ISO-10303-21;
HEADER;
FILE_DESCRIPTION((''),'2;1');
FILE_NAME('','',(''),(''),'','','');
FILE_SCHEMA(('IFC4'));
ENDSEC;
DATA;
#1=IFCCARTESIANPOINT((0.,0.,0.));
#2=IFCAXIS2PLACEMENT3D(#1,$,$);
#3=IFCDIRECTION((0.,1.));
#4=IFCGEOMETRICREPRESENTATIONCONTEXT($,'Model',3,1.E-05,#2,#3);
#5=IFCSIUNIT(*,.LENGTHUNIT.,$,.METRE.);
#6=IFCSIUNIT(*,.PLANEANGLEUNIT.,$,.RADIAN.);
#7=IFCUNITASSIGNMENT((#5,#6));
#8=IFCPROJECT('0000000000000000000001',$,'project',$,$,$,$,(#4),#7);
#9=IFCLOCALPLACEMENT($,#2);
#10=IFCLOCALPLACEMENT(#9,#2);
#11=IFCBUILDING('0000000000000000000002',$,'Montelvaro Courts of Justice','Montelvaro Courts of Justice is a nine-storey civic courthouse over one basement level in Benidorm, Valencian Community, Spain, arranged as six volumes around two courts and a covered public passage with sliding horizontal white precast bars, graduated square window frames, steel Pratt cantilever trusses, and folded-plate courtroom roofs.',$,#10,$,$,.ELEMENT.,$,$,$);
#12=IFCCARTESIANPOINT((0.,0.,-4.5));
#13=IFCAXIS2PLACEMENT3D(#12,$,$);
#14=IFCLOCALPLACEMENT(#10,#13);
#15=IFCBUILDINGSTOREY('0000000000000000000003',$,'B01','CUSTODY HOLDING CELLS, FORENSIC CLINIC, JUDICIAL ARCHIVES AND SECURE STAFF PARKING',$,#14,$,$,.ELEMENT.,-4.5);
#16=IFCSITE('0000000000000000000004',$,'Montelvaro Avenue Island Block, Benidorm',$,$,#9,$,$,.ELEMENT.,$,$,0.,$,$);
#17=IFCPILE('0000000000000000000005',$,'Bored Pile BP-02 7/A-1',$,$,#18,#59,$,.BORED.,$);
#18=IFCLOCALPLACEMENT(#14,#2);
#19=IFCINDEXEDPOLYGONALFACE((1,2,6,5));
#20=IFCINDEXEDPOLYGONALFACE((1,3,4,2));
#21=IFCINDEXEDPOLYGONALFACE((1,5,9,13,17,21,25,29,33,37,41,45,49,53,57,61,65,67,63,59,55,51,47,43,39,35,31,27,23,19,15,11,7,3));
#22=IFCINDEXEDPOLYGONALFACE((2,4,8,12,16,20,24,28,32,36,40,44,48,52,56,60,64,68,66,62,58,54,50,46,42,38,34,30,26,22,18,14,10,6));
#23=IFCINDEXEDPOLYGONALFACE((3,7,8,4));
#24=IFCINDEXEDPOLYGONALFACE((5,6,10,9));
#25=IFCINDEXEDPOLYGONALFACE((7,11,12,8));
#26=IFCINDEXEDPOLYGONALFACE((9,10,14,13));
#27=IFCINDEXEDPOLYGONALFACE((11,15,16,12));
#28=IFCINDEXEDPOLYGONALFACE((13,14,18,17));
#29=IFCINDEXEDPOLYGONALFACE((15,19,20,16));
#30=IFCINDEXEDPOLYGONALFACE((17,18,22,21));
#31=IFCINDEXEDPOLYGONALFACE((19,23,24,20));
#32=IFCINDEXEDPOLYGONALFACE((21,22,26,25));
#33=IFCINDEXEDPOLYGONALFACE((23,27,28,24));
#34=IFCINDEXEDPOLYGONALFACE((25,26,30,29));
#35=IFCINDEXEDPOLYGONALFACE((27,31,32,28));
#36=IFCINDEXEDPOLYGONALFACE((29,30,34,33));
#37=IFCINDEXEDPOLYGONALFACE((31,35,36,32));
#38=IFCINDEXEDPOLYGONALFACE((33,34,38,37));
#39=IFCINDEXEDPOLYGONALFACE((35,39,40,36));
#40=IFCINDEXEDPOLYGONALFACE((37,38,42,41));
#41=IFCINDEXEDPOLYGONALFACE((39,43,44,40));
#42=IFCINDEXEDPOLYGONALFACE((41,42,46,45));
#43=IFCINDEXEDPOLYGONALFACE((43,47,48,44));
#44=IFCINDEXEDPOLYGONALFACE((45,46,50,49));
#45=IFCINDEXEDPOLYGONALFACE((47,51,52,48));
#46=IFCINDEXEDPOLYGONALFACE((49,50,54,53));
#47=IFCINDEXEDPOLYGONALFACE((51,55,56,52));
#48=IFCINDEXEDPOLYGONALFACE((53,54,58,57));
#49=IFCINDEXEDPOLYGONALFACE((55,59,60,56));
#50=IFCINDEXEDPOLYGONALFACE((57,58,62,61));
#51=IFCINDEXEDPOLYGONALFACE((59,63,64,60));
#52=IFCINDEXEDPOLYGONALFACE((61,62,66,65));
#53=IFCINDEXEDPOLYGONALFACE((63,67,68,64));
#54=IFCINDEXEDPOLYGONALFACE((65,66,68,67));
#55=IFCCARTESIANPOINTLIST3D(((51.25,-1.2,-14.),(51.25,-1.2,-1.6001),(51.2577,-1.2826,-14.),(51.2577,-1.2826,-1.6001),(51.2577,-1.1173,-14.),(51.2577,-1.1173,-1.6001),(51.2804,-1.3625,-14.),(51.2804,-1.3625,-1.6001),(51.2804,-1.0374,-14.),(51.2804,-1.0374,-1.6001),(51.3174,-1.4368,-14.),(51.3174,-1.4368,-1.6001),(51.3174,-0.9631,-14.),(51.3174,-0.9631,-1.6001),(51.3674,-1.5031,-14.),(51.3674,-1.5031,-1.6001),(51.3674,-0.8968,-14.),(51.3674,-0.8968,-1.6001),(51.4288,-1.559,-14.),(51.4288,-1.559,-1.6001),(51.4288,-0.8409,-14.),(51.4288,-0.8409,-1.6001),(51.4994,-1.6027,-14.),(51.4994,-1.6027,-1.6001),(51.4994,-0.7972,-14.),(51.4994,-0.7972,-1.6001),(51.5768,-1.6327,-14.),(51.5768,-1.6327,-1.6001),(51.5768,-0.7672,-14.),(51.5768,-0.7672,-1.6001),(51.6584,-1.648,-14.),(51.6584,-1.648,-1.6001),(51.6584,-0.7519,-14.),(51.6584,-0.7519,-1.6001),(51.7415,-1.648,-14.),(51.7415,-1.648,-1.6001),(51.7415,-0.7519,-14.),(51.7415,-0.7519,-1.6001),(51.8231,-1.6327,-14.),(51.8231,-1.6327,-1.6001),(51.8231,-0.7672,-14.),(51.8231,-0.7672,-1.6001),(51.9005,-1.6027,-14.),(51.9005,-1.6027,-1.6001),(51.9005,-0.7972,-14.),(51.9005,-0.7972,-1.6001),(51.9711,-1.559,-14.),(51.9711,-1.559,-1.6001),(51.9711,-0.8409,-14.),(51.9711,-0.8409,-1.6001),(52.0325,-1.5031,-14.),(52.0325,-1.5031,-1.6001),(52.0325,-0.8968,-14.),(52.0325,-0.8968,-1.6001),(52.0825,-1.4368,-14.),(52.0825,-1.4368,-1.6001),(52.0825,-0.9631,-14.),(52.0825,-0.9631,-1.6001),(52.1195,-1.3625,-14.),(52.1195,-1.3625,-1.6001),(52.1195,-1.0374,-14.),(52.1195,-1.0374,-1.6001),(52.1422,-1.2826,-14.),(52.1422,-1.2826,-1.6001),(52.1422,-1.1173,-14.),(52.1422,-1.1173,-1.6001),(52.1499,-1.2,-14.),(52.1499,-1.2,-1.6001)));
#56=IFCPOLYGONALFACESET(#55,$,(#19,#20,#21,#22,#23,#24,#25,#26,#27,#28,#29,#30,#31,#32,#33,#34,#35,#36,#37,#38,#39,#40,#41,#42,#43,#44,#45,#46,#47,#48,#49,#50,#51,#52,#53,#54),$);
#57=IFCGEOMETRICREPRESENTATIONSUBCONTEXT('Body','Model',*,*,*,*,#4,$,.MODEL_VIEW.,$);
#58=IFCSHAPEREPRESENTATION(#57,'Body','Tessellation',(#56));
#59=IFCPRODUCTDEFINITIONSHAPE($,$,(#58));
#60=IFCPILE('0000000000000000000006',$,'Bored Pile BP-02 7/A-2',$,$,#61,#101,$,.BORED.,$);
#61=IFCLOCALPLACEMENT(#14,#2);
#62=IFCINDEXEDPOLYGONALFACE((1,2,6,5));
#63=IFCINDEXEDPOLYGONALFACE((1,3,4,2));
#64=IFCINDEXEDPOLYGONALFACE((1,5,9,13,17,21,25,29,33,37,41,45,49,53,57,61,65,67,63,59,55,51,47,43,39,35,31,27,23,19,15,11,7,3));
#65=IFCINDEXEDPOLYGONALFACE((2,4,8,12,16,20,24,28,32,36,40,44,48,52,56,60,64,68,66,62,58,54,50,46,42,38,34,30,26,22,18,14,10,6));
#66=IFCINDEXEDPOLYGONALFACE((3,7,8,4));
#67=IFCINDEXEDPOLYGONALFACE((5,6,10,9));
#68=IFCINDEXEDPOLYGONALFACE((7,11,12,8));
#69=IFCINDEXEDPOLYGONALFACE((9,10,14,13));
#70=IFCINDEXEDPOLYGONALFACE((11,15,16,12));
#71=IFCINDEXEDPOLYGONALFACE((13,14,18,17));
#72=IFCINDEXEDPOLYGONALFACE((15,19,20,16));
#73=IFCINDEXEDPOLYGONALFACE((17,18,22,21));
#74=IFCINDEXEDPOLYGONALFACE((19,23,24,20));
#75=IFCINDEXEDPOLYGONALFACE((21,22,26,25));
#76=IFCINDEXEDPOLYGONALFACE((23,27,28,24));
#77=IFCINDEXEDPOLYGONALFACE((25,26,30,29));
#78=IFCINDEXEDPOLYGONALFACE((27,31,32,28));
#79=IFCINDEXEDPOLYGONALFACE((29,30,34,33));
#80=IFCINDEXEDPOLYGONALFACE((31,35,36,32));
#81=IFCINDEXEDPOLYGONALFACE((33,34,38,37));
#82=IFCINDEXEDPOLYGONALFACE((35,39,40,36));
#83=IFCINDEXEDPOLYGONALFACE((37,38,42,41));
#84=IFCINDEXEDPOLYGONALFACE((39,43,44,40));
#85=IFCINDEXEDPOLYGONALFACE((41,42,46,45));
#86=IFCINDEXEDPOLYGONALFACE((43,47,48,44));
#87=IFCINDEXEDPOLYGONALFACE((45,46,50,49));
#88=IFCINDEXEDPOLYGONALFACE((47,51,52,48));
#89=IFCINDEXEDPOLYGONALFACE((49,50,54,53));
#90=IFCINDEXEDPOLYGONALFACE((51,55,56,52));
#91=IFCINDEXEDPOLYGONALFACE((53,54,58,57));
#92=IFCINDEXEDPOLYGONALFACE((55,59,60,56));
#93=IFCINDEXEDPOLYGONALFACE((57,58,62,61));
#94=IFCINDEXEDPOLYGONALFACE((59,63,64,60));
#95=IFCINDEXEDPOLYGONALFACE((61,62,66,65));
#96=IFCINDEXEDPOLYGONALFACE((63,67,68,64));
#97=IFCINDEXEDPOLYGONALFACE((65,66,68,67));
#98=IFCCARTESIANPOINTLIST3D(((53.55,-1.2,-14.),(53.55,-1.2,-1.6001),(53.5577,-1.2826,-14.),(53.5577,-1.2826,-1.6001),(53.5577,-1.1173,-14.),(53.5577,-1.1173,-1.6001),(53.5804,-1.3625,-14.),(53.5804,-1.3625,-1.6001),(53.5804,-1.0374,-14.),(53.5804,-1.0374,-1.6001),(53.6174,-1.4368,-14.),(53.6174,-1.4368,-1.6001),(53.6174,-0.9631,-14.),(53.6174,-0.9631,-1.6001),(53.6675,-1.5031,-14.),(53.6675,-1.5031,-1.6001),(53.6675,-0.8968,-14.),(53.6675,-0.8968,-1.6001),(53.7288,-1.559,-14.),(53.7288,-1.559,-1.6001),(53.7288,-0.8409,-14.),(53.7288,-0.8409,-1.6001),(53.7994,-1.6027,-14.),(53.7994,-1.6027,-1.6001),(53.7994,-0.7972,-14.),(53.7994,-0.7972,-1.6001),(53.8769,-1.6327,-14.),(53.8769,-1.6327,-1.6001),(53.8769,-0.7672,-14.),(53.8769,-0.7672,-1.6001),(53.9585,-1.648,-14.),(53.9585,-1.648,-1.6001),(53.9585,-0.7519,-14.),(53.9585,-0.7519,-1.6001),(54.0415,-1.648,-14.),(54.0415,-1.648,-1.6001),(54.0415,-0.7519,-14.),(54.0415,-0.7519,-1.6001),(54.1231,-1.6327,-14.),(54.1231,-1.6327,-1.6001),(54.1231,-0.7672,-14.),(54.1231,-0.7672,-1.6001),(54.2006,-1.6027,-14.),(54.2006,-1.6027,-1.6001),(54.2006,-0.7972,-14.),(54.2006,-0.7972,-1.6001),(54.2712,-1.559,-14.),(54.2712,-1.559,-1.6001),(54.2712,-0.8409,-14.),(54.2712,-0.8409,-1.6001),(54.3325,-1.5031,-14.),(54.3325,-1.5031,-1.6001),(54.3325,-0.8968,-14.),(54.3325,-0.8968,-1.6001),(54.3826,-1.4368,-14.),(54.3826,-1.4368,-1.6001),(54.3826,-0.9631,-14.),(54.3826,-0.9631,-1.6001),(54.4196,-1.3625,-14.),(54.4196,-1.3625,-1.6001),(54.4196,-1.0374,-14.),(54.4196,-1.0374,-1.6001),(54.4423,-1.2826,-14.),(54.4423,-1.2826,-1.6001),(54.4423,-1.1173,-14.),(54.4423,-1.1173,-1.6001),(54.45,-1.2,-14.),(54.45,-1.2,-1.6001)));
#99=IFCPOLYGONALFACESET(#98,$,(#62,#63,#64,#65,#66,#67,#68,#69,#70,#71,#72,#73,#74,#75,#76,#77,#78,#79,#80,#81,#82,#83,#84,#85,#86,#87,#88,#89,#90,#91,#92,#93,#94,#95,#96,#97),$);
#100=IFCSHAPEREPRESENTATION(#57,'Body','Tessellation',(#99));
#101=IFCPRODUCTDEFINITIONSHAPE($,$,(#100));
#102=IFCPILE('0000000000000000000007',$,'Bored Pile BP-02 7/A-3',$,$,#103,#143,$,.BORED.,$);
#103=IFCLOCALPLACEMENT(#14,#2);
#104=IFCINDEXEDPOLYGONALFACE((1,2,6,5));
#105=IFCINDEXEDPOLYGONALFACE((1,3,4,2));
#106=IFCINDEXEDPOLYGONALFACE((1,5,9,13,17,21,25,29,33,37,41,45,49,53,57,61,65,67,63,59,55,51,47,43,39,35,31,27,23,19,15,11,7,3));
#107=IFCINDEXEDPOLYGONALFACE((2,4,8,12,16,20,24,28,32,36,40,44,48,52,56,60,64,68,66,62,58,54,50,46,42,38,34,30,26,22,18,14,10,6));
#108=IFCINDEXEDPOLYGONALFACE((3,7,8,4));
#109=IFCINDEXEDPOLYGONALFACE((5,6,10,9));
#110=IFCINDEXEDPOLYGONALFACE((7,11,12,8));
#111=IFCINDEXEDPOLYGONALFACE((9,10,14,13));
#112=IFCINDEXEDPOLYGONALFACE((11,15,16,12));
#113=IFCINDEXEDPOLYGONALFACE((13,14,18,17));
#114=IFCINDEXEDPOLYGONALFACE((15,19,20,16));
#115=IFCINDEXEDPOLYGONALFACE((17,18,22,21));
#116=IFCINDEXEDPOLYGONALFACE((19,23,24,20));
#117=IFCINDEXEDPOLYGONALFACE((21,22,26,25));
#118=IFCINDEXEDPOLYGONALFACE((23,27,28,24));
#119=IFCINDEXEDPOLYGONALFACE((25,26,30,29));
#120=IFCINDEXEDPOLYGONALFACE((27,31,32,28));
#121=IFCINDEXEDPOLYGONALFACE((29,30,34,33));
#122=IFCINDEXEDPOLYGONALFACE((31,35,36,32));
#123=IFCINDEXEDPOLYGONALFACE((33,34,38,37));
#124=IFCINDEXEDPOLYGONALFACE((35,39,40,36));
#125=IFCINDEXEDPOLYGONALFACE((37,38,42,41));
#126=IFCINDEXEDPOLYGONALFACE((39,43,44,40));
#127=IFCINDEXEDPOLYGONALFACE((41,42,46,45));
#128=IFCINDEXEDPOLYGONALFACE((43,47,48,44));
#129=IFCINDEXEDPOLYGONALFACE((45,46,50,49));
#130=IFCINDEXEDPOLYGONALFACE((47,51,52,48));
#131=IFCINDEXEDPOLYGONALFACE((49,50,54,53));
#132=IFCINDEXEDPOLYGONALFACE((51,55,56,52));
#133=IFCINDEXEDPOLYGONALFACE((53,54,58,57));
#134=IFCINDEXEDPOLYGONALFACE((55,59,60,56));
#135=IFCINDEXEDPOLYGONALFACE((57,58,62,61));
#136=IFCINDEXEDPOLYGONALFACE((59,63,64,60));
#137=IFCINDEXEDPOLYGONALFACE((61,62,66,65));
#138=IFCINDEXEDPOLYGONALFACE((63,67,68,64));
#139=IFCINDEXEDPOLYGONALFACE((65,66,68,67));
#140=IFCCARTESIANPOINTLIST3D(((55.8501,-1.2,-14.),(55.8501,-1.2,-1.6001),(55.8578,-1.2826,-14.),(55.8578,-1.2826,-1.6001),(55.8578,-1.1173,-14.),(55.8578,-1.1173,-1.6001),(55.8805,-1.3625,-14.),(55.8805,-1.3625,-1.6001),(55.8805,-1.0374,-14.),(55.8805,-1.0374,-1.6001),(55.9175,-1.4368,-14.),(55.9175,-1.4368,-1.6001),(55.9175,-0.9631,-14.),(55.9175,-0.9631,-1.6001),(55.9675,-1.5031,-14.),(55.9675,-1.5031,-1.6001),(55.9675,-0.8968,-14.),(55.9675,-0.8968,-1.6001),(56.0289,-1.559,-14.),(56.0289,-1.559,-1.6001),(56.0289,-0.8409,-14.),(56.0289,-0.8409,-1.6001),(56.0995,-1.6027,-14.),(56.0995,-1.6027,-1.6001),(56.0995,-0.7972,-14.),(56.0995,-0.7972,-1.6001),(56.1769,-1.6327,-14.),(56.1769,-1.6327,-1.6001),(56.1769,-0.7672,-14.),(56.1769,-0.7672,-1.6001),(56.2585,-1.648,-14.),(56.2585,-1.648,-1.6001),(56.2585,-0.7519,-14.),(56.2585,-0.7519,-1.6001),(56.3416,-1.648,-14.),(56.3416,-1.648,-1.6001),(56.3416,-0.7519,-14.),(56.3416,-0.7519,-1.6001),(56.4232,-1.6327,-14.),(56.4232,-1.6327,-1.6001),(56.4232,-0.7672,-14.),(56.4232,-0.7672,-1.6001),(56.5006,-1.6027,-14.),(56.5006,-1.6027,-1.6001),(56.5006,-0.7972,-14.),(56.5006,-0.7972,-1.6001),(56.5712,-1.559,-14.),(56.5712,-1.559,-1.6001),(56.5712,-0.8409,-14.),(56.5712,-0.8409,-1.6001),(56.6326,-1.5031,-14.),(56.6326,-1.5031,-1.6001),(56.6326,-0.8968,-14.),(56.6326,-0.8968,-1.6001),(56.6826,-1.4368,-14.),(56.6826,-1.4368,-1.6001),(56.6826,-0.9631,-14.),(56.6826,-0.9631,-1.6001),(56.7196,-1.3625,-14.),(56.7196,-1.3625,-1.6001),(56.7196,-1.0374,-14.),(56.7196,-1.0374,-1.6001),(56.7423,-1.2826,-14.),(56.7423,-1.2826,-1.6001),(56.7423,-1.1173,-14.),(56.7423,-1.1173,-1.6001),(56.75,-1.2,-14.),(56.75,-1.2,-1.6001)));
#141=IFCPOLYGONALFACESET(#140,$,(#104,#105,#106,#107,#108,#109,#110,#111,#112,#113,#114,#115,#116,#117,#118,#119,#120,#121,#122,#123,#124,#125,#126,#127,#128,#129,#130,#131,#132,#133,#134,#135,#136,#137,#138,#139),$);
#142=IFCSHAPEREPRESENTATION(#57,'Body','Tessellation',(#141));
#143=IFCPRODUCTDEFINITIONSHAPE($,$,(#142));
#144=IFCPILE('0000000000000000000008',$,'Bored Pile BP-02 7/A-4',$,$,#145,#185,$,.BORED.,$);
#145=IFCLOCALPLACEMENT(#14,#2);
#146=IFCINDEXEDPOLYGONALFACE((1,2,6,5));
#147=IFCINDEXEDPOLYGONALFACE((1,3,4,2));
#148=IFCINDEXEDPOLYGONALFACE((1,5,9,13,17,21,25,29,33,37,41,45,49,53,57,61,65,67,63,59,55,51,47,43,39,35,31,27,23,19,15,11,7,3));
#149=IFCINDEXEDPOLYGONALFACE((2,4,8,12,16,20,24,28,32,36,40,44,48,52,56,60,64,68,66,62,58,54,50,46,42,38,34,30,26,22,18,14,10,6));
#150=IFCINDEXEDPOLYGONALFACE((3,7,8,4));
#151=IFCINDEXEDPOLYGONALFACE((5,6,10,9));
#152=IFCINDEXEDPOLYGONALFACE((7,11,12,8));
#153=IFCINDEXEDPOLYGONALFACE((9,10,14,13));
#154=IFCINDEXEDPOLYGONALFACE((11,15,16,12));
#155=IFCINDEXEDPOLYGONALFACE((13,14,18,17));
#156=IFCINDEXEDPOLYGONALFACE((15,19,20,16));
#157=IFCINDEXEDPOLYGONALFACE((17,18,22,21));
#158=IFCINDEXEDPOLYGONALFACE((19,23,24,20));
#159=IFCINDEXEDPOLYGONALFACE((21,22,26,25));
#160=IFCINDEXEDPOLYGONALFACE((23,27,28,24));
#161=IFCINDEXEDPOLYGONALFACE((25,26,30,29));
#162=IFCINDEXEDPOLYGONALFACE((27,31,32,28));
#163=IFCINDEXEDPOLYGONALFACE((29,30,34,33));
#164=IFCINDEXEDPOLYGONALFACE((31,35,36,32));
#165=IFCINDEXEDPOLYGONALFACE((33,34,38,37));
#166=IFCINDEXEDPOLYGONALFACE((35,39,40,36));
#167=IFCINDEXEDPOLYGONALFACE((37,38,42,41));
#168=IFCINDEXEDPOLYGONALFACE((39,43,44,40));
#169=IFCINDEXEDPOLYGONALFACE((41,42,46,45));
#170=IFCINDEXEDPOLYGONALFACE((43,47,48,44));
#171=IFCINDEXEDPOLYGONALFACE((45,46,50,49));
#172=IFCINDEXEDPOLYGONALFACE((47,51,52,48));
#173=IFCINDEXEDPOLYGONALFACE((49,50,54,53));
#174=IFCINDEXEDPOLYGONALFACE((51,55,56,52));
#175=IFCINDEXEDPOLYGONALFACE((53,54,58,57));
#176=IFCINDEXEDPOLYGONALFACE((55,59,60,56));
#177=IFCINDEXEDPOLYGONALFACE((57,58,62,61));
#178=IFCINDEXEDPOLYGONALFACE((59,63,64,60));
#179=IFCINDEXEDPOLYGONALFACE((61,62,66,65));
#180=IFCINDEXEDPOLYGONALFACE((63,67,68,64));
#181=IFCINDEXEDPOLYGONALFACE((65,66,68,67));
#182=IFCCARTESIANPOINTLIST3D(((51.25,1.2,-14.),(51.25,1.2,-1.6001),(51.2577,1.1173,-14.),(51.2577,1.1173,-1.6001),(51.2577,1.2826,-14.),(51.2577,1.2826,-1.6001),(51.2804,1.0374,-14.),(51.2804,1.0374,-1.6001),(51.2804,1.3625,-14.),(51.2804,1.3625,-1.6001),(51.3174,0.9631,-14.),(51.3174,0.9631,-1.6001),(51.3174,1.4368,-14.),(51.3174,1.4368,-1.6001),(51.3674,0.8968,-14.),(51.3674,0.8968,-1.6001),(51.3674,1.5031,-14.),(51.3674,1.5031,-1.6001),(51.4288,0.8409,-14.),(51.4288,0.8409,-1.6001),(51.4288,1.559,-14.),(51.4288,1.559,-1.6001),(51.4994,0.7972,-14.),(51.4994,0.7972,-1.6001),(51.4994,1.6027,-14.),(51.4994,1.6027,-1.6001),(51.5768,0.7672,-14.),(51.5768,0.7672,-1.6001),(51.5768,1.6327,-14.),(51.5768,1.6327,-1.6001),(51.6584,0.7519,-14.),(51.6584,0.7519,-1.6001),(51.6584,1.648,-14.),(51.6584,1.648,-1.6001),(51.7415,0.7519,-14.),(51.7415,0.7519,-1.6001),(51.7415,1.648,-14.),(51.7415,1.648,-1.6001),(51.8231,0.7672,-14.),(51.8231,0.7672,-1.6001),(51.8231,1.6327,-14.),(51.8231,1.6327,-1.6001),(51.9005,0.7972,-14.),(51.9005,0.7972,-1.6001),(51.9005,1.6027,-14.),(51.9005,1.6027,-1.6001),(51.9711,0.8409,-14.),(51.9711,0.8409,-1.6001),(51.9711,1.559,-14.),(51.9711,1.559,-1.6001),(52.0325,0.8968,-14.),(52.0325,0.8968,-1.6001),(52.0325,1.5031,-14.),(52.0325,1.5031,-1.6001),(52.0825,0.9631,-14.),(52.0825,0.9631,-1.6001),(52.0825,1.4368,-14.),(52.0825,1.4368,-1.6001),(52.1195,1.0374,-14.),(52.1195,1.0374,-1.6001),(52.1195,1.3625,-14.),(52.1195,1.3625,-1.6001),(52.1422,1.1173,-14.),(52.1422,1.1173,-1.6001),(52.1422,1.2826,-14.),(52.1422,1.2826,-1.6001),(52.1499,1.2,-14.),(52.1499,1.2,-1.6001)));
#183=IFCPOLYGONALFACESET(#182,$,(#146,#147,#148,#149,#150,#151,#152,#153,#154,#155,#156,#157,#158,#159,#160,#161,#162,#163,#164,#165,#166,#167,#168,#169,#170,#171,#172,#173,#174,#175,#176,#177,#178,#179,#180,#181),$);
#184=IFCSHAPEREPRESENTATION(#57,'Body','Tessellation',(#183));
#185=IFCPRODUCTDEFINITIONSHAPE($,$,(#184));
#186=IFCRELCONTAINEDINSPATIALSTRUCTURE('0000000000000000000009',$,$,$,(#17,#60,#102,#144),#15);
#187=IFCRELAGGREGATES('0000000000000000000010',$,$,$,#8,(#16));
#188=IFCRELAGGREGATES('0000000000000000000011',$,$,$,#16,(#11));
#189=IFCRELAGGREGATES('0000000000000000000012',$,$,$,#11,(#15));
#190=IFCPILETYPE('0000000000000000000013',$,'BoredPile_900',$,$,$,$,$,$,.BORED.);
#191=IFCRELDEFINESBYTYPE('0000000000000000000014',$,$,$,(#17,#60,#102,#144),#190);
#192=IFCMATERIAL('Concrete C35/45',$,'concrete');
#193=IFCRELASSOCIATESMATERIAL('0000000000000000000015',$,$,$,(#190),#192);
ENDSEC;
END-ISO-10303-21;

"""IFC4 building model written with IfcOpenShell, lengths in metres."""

from ifc_helpers import new_model, si_unit, direction, frame, origin, origin_2d, place, context, subcontext, project, spatial, circle, extrude, material, material_profile, profile_set, type_object, element, save


model = new_model("IFC4")

# Units and contexts
model_context = context("Model", 3, precision=1e-05, world=origin(), true_north=direction((0.0, 1.0)))
body_context = subcontext(model_context, "Body", "Model", "MODEL_VIEW")
ifc_project = project(units=[si_unit("LENGTHUNIT", "METRE"), si_unit("PLANEANGLEUNIT", "RADIAN")], contexts=[model_context])

# Site, building, storey
site_placement = place(None, origin())
site = spatial("IfcSite", under=ifc_project, at=site_placement, Name="Montelvaro Avenue Island Block, Benidorm", CompositionType="ELEMENT", RefElevation=0.0)
building_placement = place(site_placement, origin())
building = spatial("IfcBuilding", under=site, at=building_placement, Name="Montelvaro Courts of Justice", Description="Montelvaro Courts of Justice is a nine-storey civic courthouse over one basement level in Benidorm, Valencian Community, Spain, arranged as six volumes around two courts and a covered public passage with sliding horizontal white precast bars, graduated square window frames, steel Pratt cantilever trusses, and folded-plate courtroom roofs.", CompositionType="ELEMENT")
storey_placement = place(building_placement, frame((0.0, 0.0, -4.5)))
storey = spatial("IfcBuildingStorey", under=building, at=storey_placement, Name="B01", Description="CUSTODY HOLDING CELLS, FORENSIC CLINIC, JUDICIAL ARCHIVES AND SECURE STAFF PARKING", CompositionType="ELEMENT", Elevation=-4.5)

# Piles
ifc_material_1 = material(Name="Concrete C35/45", Category="concrete")
ifc_material_profile_1 = material_profile(ifc_material_1, circle(Radius=0.45, at=origin_2d()), Name="BORED PILE D900")
ifc_profile_set_1 = profile_set([ifc_material_profile_1], Name="Concrete C35/45")
pile_type_1 = type_object("IfcPileType", Name="BoredPile_900", PredefinedType="BORED", material=ifc_profile_set_1)
for number, where, z_axis, x_axis, name in (
    (1, (51.7, -1.2, -1.6001), (0.0, 0.0, -1.0), (1.0, 0.0, 0.0), "Bored Pile BP-02 7/A-1"),
    (2, (54.0, -1.2, -1.6001), (0.0, 0.0, -1.0), (1.0, 0.0, 0.0), "Bored Pile BP-02 7/A-2"),
    (3, (56.3, -1.2, -1.6001), (0.0, 0.0, -1.0), (1.0, 0.0, 0.0), "Bored Pile BP-02 7/A-3"),
    (4, (51.7, 1.2, -1.6001), (0.0, 0.0, -1.0), (1.0, 0.0, 0.0), "Bored Pile BP-02 7/A-4"),
):
    element("IfcPile", number, at=place(storey_placement, frame(where, z_axis=z_axis, x_axis=x_axis)), inside=storey, type_object=pile_type_1, Name=name, PredefinedType="BORED", context=body_context, shape_type="SweptSolid", body=[
        extrude(circle(Radius=0.45, at=origin_2d()), origin(), (0.0, 0.0, 1.0), 12.3999),
    ])

save(model, "model.ifc")
